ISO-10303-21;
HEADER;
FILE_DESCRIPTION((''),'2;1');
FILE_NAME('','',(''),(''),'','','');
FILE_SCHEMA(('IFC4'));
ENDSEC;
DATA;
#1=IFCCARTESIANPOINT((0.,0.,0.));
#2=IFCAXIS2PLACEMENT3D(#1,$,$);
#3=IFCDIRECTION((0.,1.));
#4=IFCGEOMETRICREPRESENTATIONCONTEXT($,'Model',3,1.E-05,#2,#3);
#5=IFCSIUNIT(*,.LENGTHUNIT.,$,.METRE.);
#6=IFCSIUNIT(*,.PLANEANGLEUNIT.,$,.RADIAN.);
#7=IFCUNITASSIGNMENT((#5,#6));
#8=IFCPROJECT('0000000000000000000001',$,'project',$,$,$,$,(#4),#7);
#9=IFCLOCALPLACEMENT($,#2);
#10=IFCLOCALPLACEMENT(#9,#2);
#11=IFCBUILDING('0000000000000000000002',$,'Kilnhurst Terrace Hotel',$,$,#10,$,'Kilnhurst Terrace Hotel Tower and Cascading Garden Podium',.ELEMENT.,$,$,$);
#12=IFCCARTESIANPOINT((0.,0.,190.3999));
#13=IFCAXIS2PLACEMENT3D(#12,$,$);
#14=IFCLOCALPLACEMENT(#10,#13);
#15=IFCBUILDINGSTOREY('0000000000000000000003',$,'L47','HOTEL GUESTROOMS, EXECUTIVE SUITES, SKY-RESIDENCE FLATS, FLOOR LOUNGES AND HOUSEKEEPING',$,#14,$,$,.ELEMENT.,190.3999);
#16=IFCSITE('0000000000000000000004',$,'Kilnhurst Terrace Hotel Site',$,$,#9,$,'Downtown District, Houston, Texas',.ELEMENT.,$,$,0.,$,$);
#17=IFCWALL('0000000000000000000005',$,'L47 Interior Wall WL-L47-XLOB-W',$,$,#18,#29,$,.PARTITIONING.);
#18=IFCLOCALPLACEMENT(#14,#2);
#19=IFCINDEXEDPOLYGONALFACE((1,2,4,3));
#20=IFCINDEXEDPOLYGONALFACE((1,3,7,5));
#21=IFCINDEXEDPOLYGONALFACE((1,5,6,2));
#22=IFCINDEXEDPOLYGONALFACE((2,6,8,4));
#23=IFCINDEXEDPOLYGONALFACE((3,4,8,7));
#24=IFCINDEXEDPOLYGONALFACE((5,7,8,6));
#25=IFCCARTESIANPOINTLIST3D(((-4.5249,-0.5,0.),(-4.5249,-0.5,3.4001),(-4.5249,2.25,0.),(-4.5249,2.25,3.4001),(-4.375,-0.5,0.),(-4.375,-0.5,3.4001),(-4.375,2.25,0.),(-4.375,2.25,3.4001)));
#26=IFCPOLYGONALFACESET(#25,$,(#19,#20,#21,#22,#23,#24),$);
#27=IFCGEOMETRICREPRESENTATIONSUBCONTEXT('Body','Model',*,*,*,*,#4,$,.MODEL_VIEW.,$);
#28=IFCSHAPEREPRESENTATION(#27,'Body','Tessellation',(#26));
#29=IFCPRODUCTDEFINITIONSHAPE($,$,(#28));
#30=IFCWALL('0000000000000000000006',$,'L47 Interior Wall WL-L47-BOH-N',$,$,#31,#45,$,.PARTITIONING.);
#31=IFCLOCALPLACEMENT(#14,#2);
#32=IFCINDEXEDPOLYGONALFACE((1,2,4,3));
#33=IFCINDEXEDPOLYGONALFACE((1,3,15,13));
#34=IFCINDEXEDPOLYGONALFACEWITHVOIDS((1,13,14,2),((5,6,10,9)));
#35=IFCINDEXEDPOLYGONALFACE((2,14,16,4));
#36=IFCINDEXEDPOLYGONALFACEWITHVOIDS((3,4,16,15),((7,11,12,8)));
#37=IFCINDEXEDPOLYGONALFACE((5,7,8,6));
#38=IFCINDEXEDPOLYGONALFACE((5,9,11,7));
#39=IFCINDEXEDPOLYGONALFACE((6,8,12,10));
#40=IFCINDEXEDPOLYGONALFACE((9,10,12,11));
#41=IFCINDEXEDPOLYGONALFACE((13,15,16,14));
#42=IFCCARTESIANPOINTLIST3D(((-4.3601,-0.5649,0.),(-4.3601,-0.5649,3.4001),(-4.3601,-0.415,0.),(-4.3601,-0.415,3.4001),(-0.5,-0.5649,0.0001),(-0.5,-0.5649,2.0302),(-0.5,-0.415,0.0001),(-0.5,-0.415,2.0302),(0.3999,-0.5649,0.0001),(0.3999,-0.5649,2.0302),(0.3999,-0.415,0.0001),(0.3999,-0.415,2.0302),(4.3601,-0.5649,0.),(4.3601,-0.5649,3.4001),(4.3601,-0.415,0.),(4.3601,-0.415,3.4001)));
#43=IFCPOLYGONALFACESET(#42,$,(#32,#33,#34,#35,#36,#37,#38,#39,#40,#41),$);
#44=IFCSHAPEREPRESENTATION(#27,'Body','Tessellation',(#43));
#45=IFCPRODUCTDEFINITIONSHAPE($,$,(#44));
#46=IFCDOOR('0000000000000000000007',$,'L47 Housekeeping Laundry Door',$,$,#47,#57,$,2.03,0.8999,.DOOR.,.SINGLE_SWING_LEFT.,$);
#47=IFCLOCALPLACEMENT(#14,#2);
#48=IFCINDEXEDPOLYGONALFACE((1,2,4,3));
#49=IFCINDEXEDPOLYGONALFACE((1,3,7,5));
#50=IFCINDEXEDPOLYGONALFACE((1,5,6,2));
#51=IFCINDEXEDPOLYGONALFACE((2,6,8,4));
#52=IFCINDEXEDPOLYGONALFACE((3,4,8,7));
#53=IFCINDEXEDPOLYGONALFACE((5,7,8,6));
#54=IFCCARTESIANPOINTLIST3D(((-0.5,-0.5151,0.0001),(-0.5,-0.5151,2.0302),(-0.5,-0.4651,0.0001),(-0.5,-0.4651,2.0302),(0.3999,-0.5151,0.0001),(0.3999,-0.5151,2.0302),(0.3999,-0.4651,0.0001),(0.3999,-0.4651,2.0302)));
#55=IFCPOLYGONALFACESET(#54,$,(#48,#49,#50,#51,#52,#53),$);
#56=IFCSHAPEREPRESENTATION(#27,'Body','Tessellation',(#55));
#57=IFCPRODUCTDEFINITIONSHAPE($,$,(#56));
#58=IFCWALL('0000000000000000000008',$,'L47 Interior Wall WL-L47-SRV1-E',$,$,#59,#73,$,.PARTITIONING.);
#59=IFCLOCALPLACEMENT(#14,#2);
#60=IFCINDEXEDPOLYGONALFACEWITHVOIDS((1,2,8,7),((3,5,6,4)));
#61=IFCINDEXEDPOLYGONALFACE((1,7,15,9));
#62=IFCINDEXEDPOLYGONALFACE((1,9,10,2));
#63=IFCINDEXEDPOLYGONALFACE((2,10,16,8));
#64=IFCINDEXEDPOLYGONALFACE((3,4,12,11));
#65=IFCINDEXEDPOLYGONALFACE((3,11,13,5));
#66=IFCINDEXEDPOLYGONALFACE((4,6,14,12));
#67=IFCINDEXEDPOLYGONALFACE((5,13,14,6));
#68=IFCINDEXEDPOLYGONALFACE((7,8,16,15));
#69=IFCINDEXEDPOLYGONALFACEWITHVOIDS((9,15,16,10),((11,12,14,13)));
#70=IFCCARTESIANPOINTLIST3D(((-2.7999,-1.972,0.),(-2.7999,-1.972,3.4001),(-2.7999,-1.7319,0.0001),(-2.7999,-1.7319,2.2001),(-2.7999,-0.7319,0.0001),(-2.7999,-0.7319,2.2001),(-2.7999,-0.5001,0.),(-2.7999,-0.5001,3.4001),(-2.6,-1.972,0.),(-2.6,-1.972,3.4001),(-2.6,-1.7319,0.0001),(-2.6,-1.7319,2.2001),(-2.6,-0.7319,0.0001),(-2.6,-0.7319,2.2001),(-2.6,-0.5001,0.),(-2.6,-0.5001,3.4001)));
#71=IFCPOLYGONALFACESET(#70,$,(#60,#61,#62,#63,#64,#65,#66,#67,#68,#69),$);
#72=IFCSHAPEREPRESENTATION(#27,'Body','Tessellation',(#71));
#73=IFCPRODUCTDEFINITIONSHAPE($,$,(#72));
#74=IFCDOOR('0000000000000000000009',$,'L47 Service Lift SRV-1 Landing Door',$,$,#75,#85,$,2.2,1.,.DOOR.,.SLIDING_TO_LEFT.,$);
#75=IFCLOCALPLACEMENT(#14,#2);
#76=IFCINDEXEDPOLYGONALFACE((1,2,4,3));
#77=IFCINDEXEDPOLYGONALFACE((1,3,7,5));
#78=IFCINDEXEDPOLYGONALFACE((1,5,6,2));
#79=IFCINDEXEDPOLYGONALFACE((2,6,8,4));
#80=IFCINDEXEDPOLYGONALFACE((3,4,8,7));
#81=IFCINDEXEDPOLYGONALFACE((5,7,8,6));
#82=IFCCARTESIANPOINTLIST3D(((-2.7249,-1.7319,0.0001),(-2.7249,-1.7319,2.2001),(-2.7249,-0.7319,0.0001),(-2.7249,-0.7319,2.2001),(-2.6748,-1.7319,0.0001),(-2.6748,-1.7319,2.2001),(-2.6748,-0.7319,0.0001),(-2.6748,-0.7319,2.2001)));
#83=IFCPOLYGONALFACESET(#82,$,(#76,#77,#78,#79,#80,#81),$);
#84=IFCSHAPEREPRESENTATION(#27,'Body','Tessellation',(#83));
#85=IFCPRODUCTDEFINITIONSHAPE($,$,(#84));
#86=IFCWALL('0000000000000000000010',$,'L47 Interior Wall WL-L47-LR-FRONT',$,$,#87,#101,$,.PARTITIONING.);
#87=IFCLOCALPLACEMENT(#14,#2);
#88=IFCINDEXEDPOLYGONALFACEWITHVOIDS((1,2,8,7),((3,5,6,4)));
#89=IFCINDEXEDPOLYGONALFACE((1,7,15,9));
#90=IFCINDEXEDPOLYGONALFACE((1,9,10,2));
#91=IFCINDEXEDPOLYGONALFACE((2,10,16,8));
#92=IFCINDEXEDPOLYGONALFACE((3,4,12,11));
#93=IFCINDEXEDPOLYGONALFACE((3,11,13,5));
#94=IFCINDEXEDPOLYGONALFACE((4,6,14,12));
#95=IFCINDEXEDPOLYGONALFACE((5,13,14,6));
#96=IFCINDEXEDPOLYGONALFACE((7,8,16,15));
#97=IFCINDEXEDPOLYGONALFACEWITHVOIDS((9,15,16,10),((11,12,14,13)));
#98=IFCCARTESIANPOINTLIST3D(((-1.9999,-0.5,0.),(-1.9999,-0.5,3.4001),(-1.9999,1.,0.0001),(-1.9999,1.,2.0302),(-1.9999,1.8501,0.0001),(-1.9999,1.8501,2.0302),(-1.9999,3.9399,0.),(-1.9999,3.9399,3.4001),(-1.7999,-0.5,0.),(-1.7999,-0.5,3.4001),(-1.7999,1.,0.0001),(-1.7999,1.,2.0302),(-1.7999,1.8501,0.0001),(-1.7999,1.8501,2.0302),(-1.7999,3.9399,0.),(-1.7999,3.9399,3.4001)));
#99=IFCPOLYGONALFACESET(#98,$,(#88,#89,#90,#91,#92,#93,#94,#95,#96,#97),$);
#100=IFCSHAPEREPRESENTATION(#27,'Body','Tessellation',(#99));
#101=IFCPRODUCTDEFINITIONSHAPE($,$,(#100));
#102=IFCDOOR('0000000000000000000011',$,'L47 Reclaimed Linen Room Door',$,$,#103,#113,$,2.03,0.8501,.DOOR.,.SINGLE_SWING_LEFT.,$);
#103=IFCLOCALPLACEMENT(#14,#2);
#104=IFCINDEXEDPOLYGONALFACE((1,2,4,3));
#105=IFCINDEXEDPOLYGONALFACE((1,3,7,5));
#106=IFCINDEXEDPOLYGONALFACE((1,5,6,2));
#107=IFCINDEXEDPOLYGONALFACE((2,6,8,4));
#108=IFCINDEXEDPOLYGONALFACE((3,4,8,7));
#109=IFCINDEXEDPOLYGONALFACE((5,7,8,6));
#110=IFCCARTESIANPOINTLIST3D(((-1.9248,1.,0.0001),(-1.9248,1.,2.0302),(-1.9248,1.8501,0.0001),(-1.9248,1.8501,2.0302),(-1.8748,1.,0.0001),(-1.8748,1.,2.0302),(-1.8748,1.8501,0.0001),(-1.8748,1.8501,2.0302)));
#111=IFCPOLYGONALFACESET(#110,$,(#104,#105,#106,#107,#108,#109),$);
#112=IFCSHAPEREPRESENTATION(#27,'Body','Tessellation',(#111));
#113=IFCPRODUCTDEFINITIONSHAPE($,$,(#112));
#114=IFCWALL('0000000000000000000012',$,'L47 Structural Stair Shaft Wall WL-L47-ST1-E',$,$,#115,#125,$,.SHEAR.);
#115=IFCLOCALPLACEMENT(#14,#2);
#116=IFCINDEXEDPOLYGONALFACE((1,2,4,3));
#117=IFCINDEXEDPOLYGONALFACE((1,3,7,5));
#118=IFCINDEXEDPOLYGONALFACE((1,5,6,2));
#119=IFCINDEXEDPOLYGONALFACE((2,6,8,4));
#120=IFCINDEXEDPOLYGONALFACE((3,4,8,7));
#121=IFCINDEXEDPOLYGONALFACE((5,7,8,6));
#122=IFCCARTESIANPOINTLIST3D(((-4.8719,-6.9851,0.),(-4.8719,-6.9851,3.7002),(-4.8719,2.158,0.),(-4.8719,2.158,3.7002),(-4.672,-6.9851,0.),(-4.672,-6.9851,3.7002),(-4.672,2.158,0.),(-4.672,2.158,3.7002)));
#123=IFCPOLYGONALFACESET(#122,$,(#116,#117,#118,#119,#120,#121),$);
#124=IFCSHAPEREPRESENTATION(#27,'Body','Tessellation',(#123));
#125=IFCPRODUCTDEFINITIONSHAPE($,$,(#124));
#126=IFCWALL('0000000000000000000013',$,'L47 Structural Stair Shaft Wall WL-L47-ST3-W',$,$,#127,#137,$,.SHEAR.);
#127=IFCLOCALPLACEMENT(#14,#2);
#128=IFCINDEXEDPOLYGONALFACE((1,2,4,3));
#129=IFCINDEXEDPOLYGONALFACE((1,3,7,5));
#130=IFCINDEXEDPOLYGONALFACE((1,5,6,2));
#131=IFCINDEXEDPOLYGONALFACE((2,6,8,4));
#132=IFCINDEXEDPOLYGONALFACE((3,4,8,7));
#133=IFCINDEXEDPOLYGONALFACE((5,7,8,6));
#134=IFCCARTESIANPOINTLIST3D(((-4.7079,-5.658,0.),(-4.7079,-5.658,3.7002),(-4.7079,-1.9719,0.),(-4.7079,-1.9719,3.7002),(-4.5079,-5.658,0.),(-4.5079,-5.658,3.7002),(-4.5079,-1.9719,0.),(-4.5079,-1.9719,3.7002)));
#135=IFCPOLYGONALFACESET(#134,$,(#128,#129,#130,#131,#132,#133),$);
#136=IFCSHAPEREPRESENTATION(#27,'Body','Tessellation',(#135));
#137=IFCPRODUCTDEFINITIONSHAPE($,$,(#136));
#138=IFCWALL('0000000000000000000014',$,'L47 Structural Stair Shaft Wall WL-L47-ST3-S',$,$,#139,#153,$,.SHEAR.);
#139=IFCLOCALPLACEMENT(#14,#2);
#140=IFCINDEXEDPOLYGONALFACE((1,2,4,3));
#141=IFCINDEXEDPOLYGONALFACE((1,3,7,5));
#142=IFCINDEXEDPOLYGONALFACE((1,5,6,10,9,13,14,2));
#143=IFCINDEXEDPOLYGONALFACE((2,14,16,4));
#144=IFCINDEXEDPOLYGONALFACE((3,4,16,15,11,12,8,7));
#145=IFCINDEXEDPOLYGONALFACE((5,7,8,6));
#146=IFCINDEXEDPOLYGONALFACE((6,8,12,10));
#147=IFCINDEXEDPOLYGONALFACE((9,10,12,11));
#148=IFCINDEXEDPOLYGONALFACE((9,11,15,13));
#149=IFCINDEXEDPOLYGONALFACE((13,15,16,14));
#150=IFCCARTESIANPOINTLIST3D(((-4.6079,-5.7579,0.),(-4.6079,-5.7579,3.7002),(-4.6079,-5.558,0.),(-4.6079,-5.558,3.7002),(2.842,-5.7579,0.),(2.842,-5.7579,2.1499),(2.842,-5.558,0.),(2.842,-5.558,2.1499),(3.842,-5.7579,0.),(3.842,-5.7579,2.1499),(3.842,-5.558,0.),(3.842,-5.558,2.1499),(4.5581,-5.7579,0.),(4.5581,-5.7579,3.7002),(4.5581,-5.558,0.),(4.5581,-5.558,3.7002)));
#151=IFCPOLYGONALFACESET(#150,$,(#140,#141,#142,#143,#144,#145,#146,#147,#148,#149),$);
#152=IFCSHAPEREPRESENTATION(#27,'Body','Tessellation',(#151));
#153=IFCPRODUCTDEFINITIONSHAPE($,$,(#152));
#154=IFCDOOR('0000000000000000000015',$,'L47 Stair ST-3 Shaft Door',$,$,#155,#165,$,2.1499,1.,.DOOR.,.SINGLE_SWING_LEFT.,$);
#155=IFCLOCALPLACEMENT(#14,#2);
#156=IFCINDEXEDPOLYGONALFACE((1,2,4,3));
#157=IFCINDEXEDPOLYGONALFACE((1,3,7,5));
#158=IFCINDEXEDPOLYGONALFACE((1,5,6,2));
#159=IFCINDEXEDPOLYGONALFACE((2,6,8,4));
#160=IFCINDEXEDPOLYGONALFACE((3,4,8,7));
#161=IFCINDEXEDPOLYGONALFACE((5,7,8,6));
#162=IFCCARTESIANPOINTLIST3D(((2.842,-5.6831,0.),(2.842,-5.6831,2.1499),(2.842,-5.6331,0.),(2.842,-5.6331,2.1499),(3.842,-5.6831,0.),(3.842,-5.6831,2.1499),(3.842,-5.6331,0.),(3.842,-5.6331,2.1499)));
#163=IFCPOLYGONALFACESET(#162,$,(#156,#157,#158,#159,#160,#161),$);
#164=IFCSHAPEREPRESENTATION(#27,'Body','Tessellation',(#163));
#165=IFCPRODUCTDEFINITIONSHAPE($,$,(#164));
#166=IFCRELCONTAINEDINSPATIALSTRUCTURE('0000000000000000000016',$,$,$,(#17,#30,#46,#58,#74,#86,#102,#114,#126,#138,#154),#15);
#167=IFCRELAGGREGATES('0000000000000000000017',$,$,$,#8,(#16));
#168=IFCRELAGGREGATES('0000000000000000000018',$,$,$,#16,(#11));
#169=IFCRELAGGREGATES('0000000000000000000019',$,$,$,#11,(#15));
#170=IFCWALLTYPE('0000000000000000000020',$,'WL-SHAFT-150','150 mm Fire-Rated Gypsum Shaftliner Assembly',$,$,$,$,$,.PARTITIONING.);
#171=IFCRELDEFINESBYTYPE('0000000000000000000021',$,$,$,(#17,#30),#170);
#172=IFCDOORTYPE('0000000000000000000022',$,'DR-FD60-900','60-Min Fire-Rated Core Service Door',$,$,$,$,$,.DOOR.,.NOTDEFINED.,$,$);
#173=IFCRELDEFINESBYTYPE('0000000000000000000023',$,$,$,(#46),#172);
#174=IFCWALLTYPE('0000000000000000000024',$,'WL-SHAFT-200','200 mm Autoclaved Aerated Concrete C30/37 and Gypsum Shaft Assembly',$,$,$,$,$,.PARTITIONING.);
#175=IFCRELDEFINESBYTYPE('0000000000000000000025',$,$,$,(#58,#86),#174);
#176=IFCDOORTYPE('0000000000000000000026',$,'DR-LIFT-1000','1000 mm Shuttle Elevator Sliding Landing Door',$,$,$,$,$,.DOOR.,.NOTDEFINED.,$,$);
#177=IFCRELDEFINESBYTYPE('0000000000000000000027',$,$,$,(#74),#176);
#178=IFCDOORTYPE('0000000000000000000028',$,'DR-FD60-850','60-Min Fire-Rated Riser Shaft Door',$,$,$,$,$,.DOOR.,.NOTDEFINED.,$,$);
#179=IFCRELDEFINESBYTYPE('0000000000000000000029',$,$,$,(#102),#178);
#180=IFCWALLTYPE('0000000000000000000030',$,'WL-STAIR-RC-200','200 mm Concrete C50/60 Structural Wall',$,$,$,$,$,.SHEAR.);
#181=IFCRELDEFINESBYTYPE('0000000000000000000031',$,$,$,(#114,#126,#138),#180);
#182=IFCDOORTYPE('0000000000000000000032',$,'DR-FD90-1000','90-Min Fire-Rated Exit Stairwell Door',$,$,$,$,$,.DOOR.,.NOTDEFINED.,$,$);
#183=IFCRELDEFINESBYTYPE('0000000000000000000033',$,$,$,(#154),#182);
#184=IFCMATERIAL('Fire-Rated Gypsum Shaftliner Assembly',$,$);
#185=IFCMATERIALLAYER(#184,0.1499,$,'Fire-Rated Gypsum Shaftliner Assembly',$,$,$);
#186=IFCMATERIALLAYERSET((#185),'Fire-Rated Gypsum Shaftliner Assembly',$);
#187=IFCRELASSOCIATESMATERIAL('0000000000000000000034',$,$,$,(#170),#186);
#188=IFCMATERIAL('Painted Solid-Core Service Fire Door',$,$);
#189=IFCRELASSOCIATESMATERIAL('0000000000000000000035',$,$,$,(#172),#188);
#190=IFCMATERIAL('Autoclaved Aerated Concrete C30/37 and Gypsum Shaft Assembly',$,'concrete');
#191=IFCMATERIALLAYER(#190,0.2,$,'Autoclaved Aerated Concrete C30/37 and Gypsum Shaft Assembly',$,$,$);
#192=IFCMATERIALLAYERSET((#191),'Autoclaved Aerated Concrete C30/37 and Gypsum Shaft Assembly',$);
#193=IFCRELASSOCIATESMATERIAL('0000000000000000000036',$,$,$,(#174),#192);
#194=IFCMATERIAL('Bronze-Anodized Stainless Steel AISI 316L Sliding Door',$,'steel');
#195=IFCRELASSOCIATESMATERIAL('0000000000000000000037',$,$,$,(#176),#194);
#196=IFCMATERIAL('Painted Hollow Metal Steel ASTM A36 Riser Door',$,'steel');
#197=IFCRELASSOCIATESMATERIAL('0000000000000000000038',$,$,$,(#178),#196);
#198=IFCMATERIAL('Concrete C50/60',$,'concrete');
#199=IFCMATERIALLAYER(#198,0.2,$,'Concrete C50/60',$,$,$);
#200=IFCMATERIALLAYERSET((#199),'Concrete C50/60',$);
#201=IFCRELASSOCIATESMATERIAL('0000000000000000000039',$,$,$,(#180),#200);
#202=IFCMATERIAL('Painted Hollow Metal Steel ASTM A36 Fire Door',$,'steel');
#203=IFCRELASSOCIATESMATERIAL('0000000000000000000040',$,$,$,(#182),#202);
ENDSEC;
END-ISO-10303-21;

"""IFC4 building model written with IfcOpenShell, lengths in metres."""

from ifc_helpers import new_model, si_unit, direction, frame, frame_2d, origin, place, context, subcontext, project, spatial, rectangle, extrude, material, layer, layer_set, type_object, element, fill, save


model = new_model("IFC4")

# Units and contexts
model_context = context("Model", 3, precision=1e-05, world=origin(), true_north=direction((0.0, 1.0)))
body_context = subcontext(model_context, "Body", "Model", "MODEL_VIEW")
ifc_project = project(units=[si_unit("LENGTHUNIT", "METRE"), si_unit("PLANEANGLEUNIT", "RADIAN")], contexts=[model_context])

# Site, building, storey
site_placement = place(None, origin())
site = spatial("IfcSite", under=ifc_project, at=site_placement, Name="Kilnhurst Terrace Hotel Site", LongName="Downtown District, Houston, Texas", CompositionType="ELEMENT", RefElevation=0.0)
building_placement = place(site_placement, origin())
building = spatial("IfcBuilding", under=site, at=building_placement, Name="Kilnhurst Terrace Hotel", LongName="Kilnhurst Terrace Hotel Tower and Cascading Garden Podium", CompositionType="ELEMENT")
storey_placement = place(building_placement, frame((0.0, 0.0, 190.3999)))
storey = spatial("IfcBuildingStorey", under=building, at=storey_placement, Name="L47", Description="HOTEL GUESTROOMS, EXECUTIVE SUITES, SKY-RESIDENCE FLATS, FLOOR LOUNGES AND HOUSEKEEPING", CompositionType="ELEMENT", Elevation=190.3999)

# Wall
ifc_material_1 = material(Name="Fire-Rated Gypsum Shaftliner Assembly")
ifc_layer_1 = layer(ifc_material_1, 0.1499, Name="Fire-Rated Gypsum Shaftliner Assembly")
ifc_layer_set_1 = layer_set([ifc_layer_1], Name="Fire-Rated Gypsum Shaftliner Assembly")
wall_type_1 = type_object("IfcWallType", Name="WL-SHAFT-150", Description="150 mm Fire-Rated Gypsum Shaftliner Assembly", PredefinedType="PARTITIONING", material=ifc_layer_set_1)
wall_1_placement = place(storey_placement, frame((-4.45, -0.5, 0.0), z_axis=(0.0, 0.0, 1.0), x_axis=(0.0, 1.0, 0.0)))
element("IfcWall", 1, at=wall_1_placement, inside=storey, type_object=wall_type_1, Name="L47 Interior Wall WL-L47-XLOB-W", PredefinedType="PARTITIONING", context=body_context, shape_type="SweptSolid", body=[
    extrude(rectangle(XDim=2.75, YDim=0.1499, at=frame_2d((1.375, 0.0))), origin(), (0.0, 0.0, 1.0), 3.4001),
])

# Walls, openings, doors
wall_2_placement = place(storey_placement, frame((-4.3601, -0.49, 0.0), z_axis=(0.0, 0.0, 1.0), x_axis=(1.0, 0.0, 0.0)))
wall_2 = element("IfcWall", 2, at=wall_2_placement, inside=storey, type_object=wall_type_1, Name="L47 Interior Wall WL-L47-BOH-N", PredefinedType="PARTITIONING", context=body_context, shape_type="SweptSolid", body=[
    extrude(rectangle(XDim=8.7202, YDim=0.1499, at=frame_2d((4.3601, 0.0))), origin(), (0.0, 0.0, 1.0), 3.4001),
])
opening_1_placement = place(wall_2_placement, frame((3.8601, 0.0, 0.0)))
opening_1 = element("IfcOpeningElement", 3, at=opening_1_placement, cuts=wall_2, PredefinedType="OPENING", context=body_context, shape_type="SweptSolid", body=[
    extrude(rectangle(XDim=0.8999, YDim=2.03, at=frame_2d((0.45, 1.0151))), frame((0.0, 0.085, 0.0), z_axis=(0.0, -1.0, 0.0), x_axis=(1.0, 0.0, 0.0)), (0.0, 0.0, 1.0), 0.1699),
])
ifc_material_2 = material(Name="Painted Solid-Core Service Fire Door")
door_type_1 = type_object("IfcDoorType", Name="DR-FD60-900", Description="60-Min Fire-Rated Core Service Door", OperationType="NOTDEFINED", PredefinedType="DOOR", material=ifc_material_2)
door_1_placement = place(opening_1_placement, origin())
door_1 = element("IfcDoor", 4, at=door_1_placement, inside=storey, type_object=door_type_1, Name="L47 Housekeeping Laundry Door", OperationType="SINGLE_SWING_LEFT", OverallHeight=2.03, OverallWidth=0.8999, PredefinedType="DOOR", context=body_context, shape_type="SweptSolid", body=[
    extrude(rectangle(XDim=0.8999, YDim=2.03, at=frame_2d((0.45, 1.0151))), frame((0.0, 0.0249, 0.0), z_axis=(0.0, -1.0, 0.0), x_axis=(1.0, 0.0, 0.0)), (0.0, 0.0, 1.0), 0.05),
])
fill(opening_1, door_1)
ifc_material_3 = material(Name="Autoclaved Aerated Concrete C30/37 and Gypsum Shaft Assembly", Category="concrete")
ifc_layer_2 = layer(ifc_material_3, 0.2, Name="Autoclaved Aerated Concrete C30/37 and Gypsum Shaft Assembly")
ifc_layer_set_2 = layer_set([ifc_layer_2], Name="Autoclaved Aerated Concrete C30/37 and Gypsum Shaft Assembly")
wall_type_2 = type_object("IfcWallType", Name="WL-SHAFT-200", Description="200 mm Autoclaved Aerated Concrete C30/37 and Gypsum Shaft Assembly", PredefinedType="PARTITIONING", material=ifc_layer_set_2)
wall_3_placement = place(storey_placement, frame((-2.7, -1.9719, 0.0), z_axis=(0.0, 0.0, 1.0), x_axis=(0.0, 1.0, 0.0)))
wall_3 = element("IfcWall", 5, at=wall_3_placement, inside=storey, type_object=wall_type_2, Name="L47 Interior Wall WL-L47-SRV1-E", PredefinedType="PARTITIONING", context=body_context, shape_type="SweptSolid", body=[
    extrude(rectangle(XDim=1.4719, YDim=0.2, at=frame_2d((0.7358, 0.0))), origin(), (0.0, 0.0, 1.0), 3.4001),
])
opening_2_placement = place(wall_3_placement, frame((0.24, 0.0, 0.0)))
opening_2 = element("IfcOpeningElement", 6, at=opening_2_placement, cuts=wall_3, PredefinedType="OPENING", context=body_context, shape_type="SweptSolid", body=[
    extrude(rectangle(XDim=1.0, YDim=2.2, at=frame_2d((0.5, 1.1001))), frame((0.0, 0.1099, 0.0), z_axis=(0.0, -1.0, 0.0), x_axis=(1.0, 0.0, 0.0)), (0.0, 0.0, 1.0), 0.22),
])
ifc_material_4 = material(Name="Bronze-Anodized Stainless Steel AISI 316L Sliding Door", Category="steel")
door_type_2 = type_object("IfcDoorType", Name="DR-LIFT-1000", Description="1000 mm Shuttle Elevator Sliding Landing Door", OperationType="NOTDEFINED", PredefinedType="DOOR", material=ifc_material_4)
door_2_placement = place(opening_2_placement, origin())
door_2 = element("IfcDoor", 7, at=door_2_placement, inside=storey, type_object=door_type_2, Name="L47 Service Lift SRV-1 Landing Door", OperationType="SLIDING_TO_LEFT", OverallHeight=2.2, OverallWidth=1.0, PredefinedType="DOOR", context=body_context, shape_type="SweptSolid", body=[
    extrude(rectangle(XDim=1.0, YDim=2.2, at=frame_2d((0.5, 1.1001))), frame((0.0, 0.0249, 0.0), z_axis=(0.0, -1.0, 0.0), x_axis=(1.0, 0.0, 0.0)), (0.0, 0.0, 1.0), 0.05),
])
fill(opening_2, door_2)
wall_4_placement = place(storey_placement, frame((-1.8999, -0.5, 0.0), z_axis=(0.0, 0.0, 1.0), x_axis=(0.0, 1.0, 0.0)))
wall_4 = element("IfcWall", 8, at=wall_4_placement, inside=storey, type_object=wall_type_2, Name="L47 Interior Wall WL-L47-LR-FRONT", PredefinedType="PARTITIONING", context=body_context, shape_type="SweptSolid", body=[
    extrude(rectangle(XDim=4.4399, YDim=0.2, at=frame_2d((2.22, 0.0))), origin(), (0.0, 0.0, 1.0), 3.4001),
])
opening_3_placement = place(wall_4_placement, frame((1.5, 0.0, 0.0)))
opening_3 = element("IfcOpeningElement", 9, at=opening_3_placement, cuts=wall_4, PredefinedType="OPENING", context=body_context, shape_type="SweptSolid", body=[
    extrude(rectangle(XDim=0.8501, YDim=2.03, at=frame_2d((0.425, 1.0151))), frame((0.0, 0.1099, 0.0), z_axis=(0.0, -1.0, 0.0), x_axis=(1.0, 0.0, 0.0)), (0.0, 0.0, 1.0), 0.22),
])
ifc_material_5 = material(Name="Painted Hollow Metal Steel ASTM A36 Riser Door", Category="steel")
door_type_3 = type_object("IfcDoorType", Name="DR-FD60-850", Description="60-Min Fire-Rated Riser Shaft Door", OperationType="NOTDEFINED", PredefinedType="DOOR", material=ifc_material_5)
door_3_placement = place(opening_3_placement, origin())
door_3 = element("IfcDoor", 10, at=door_3_placement, inside=storey, type_object=door_type_3, Name="L47 Reclaimed Linen Room Door", OperationType="SINGLE_SWING_LEFT", OverallHeight=2.03, OverallWidth=0.8501, PredefinedType="DOOR", context=body_context, shape_type="SweptSolid", body=[
    extrude(rectangle(XDim=0.8501, YDim=2.03, at=frame_2d((0.425, 1.0151))), frame((0.0, 0.0249, 0.0), z_axis=(0.0, -1.0, 0.0), x_axis=(1.0, 0.0, 0.0)), (0.0, 0.0, 1.0), 0.05),
])
fill(opening_3, door_3)

# Walls
ifc_material_6 = material(Name="Concrete C50/60", Category="concrete")
ifc_layer_3 = layer(ifc_material_6, 0.2, Name="Concrete C50/60")
ifc_layer_set_3 = layer_set([ifc_layer_3], Name="Concrete C50/60")
wall_type_3 = type_object("IfcWallType", Name="WL-STAIR-RC-200", Description="200 mm Concrete C50/60 Structural Wall", PredefinedType="SHEAR", material=ifc_layer_set_3)
wall_5_placement = place(storey_placement, frame((-4.772, -6.9851, 0.0), z_axis=(0.0, 0.0, 1.0), x_axis=(0.0, 1.0, 0.0)))
element("IfcWall", 11, at=wall_5_placement, inside=storey, type_object=wall_type_3, Name="L47 Structural Stair Shaft Wall WL-L47-ST1-E", PredefinedType="SHEAR", context=body_context, shape_type="SweptSolid", body=[
    extrude(rectangle(XDim=9.1431, YDim=0.2, at=frame_2d((4.5715, 0.0))), origin(), (0.0, 0.0, 1.0), 3.7002),
])
wall_6_placement = place(storey_placement, frame((-4.6079, -5.658, 0.0), z_axis=(0.0, 0.0, 1.0), x_axis=(0.0, 1.0, 0.0)))
element("IfcWall", 12, at=wall_6_placement, inside=storey, type_object=wall_type_3, Name="L47 Structural Stair Shaft Wall WL-L47-ST3-W", PredefinedType="SHEAR", context=body_context, shape_type="SweptSolid", body=[
    extrude(rectangle(XDim=3.686, YDim=0.2, at=frame_2d((1.843, 0.0))), origin(), (0.0, 0.0, 1.0), 3.7002),
])

# Wall, opening, door
wall_7_placement = place(storey_placement, frame((-4.6079, -5.658, 0.0), z_axis=(0.0, 0.0, 1.0), x_axis=(1.0, 0.0, 0.0)))
wall_7 = element("IfcWall", 13, at=wall_7_placement, inside=storey, type_object=wall_type_3, Name="L47 Structural Stair Shaft Wall WL-L47-ST3-S", PredefinedType="SHEAR", context=body_context, shape_type="SweptSolid", body=[
    extrude(rectangle(XDim=9.166, YDim=0.2, at=frame_2d((4.583, 0.0))), origin(), (0.0, 0.0, 1.0), 3.7002),
])
opening_4_placement = place(wall_7_placement, frame((7.45, 0.0, 0.0)))
opening_4 = element("IfcOpeningElement", 14, at=opening_4_placement, cuts=wall_7, PredefinedType="OPENING", context=body_context, shape_type="SweptSolid", body=[
    extrude(rectangle(XDim=1.0, YDim=2.1499, at=frame_2d((0.5, 1.075))), frame((0.0, 0.1099, 0.0), z_axis=(0.0, -1.0, 0.0), x_axis=(1.0, 0.0, 0.0)), (0.0, 0.0, 1.0), 0.22),
])
ifc_material_7 = material(Name="Painted Hollow Metal Steel ASTM A36 Fire Door", Category="steel")
door_type_4 = type_object("IfcDoorType", Name="DR-FD90-1000", Description="90-Min Fire-Rated Exit Stairwell Door", OperationType="NOTDEFINED", PredefinedType="DOOR", material=ifc_material_7)
door_4_placement = place(opening_4_placement, origin())
door_4 = element("IfcDoor", 15, at=door_4_placement, inside=storey, type_object=door_type_4, Name="L47 Stair ST-3 Shaft Door", OperationType="SINGLE_SWING_LEFT", OverallHeight=2.1499, OverallWidth=1.0, PredefinedType="DOOR", context=body_context, shape_type="SweptSolid", body=[
    extrude(rectangle(XDim=1.0, YDim=2.1499, at=frame_2d((0.5, 1.075))), frame((0.0, 0.0249, 0.0), z_axis=(0.0, -1.0, 0.0), x_axis=(1.0, 0.0, 0.0)), (0.0, 0.0, 1.0), 0.05),
])
fill(opening_4, door_4)

save(model, "model.ifc")
